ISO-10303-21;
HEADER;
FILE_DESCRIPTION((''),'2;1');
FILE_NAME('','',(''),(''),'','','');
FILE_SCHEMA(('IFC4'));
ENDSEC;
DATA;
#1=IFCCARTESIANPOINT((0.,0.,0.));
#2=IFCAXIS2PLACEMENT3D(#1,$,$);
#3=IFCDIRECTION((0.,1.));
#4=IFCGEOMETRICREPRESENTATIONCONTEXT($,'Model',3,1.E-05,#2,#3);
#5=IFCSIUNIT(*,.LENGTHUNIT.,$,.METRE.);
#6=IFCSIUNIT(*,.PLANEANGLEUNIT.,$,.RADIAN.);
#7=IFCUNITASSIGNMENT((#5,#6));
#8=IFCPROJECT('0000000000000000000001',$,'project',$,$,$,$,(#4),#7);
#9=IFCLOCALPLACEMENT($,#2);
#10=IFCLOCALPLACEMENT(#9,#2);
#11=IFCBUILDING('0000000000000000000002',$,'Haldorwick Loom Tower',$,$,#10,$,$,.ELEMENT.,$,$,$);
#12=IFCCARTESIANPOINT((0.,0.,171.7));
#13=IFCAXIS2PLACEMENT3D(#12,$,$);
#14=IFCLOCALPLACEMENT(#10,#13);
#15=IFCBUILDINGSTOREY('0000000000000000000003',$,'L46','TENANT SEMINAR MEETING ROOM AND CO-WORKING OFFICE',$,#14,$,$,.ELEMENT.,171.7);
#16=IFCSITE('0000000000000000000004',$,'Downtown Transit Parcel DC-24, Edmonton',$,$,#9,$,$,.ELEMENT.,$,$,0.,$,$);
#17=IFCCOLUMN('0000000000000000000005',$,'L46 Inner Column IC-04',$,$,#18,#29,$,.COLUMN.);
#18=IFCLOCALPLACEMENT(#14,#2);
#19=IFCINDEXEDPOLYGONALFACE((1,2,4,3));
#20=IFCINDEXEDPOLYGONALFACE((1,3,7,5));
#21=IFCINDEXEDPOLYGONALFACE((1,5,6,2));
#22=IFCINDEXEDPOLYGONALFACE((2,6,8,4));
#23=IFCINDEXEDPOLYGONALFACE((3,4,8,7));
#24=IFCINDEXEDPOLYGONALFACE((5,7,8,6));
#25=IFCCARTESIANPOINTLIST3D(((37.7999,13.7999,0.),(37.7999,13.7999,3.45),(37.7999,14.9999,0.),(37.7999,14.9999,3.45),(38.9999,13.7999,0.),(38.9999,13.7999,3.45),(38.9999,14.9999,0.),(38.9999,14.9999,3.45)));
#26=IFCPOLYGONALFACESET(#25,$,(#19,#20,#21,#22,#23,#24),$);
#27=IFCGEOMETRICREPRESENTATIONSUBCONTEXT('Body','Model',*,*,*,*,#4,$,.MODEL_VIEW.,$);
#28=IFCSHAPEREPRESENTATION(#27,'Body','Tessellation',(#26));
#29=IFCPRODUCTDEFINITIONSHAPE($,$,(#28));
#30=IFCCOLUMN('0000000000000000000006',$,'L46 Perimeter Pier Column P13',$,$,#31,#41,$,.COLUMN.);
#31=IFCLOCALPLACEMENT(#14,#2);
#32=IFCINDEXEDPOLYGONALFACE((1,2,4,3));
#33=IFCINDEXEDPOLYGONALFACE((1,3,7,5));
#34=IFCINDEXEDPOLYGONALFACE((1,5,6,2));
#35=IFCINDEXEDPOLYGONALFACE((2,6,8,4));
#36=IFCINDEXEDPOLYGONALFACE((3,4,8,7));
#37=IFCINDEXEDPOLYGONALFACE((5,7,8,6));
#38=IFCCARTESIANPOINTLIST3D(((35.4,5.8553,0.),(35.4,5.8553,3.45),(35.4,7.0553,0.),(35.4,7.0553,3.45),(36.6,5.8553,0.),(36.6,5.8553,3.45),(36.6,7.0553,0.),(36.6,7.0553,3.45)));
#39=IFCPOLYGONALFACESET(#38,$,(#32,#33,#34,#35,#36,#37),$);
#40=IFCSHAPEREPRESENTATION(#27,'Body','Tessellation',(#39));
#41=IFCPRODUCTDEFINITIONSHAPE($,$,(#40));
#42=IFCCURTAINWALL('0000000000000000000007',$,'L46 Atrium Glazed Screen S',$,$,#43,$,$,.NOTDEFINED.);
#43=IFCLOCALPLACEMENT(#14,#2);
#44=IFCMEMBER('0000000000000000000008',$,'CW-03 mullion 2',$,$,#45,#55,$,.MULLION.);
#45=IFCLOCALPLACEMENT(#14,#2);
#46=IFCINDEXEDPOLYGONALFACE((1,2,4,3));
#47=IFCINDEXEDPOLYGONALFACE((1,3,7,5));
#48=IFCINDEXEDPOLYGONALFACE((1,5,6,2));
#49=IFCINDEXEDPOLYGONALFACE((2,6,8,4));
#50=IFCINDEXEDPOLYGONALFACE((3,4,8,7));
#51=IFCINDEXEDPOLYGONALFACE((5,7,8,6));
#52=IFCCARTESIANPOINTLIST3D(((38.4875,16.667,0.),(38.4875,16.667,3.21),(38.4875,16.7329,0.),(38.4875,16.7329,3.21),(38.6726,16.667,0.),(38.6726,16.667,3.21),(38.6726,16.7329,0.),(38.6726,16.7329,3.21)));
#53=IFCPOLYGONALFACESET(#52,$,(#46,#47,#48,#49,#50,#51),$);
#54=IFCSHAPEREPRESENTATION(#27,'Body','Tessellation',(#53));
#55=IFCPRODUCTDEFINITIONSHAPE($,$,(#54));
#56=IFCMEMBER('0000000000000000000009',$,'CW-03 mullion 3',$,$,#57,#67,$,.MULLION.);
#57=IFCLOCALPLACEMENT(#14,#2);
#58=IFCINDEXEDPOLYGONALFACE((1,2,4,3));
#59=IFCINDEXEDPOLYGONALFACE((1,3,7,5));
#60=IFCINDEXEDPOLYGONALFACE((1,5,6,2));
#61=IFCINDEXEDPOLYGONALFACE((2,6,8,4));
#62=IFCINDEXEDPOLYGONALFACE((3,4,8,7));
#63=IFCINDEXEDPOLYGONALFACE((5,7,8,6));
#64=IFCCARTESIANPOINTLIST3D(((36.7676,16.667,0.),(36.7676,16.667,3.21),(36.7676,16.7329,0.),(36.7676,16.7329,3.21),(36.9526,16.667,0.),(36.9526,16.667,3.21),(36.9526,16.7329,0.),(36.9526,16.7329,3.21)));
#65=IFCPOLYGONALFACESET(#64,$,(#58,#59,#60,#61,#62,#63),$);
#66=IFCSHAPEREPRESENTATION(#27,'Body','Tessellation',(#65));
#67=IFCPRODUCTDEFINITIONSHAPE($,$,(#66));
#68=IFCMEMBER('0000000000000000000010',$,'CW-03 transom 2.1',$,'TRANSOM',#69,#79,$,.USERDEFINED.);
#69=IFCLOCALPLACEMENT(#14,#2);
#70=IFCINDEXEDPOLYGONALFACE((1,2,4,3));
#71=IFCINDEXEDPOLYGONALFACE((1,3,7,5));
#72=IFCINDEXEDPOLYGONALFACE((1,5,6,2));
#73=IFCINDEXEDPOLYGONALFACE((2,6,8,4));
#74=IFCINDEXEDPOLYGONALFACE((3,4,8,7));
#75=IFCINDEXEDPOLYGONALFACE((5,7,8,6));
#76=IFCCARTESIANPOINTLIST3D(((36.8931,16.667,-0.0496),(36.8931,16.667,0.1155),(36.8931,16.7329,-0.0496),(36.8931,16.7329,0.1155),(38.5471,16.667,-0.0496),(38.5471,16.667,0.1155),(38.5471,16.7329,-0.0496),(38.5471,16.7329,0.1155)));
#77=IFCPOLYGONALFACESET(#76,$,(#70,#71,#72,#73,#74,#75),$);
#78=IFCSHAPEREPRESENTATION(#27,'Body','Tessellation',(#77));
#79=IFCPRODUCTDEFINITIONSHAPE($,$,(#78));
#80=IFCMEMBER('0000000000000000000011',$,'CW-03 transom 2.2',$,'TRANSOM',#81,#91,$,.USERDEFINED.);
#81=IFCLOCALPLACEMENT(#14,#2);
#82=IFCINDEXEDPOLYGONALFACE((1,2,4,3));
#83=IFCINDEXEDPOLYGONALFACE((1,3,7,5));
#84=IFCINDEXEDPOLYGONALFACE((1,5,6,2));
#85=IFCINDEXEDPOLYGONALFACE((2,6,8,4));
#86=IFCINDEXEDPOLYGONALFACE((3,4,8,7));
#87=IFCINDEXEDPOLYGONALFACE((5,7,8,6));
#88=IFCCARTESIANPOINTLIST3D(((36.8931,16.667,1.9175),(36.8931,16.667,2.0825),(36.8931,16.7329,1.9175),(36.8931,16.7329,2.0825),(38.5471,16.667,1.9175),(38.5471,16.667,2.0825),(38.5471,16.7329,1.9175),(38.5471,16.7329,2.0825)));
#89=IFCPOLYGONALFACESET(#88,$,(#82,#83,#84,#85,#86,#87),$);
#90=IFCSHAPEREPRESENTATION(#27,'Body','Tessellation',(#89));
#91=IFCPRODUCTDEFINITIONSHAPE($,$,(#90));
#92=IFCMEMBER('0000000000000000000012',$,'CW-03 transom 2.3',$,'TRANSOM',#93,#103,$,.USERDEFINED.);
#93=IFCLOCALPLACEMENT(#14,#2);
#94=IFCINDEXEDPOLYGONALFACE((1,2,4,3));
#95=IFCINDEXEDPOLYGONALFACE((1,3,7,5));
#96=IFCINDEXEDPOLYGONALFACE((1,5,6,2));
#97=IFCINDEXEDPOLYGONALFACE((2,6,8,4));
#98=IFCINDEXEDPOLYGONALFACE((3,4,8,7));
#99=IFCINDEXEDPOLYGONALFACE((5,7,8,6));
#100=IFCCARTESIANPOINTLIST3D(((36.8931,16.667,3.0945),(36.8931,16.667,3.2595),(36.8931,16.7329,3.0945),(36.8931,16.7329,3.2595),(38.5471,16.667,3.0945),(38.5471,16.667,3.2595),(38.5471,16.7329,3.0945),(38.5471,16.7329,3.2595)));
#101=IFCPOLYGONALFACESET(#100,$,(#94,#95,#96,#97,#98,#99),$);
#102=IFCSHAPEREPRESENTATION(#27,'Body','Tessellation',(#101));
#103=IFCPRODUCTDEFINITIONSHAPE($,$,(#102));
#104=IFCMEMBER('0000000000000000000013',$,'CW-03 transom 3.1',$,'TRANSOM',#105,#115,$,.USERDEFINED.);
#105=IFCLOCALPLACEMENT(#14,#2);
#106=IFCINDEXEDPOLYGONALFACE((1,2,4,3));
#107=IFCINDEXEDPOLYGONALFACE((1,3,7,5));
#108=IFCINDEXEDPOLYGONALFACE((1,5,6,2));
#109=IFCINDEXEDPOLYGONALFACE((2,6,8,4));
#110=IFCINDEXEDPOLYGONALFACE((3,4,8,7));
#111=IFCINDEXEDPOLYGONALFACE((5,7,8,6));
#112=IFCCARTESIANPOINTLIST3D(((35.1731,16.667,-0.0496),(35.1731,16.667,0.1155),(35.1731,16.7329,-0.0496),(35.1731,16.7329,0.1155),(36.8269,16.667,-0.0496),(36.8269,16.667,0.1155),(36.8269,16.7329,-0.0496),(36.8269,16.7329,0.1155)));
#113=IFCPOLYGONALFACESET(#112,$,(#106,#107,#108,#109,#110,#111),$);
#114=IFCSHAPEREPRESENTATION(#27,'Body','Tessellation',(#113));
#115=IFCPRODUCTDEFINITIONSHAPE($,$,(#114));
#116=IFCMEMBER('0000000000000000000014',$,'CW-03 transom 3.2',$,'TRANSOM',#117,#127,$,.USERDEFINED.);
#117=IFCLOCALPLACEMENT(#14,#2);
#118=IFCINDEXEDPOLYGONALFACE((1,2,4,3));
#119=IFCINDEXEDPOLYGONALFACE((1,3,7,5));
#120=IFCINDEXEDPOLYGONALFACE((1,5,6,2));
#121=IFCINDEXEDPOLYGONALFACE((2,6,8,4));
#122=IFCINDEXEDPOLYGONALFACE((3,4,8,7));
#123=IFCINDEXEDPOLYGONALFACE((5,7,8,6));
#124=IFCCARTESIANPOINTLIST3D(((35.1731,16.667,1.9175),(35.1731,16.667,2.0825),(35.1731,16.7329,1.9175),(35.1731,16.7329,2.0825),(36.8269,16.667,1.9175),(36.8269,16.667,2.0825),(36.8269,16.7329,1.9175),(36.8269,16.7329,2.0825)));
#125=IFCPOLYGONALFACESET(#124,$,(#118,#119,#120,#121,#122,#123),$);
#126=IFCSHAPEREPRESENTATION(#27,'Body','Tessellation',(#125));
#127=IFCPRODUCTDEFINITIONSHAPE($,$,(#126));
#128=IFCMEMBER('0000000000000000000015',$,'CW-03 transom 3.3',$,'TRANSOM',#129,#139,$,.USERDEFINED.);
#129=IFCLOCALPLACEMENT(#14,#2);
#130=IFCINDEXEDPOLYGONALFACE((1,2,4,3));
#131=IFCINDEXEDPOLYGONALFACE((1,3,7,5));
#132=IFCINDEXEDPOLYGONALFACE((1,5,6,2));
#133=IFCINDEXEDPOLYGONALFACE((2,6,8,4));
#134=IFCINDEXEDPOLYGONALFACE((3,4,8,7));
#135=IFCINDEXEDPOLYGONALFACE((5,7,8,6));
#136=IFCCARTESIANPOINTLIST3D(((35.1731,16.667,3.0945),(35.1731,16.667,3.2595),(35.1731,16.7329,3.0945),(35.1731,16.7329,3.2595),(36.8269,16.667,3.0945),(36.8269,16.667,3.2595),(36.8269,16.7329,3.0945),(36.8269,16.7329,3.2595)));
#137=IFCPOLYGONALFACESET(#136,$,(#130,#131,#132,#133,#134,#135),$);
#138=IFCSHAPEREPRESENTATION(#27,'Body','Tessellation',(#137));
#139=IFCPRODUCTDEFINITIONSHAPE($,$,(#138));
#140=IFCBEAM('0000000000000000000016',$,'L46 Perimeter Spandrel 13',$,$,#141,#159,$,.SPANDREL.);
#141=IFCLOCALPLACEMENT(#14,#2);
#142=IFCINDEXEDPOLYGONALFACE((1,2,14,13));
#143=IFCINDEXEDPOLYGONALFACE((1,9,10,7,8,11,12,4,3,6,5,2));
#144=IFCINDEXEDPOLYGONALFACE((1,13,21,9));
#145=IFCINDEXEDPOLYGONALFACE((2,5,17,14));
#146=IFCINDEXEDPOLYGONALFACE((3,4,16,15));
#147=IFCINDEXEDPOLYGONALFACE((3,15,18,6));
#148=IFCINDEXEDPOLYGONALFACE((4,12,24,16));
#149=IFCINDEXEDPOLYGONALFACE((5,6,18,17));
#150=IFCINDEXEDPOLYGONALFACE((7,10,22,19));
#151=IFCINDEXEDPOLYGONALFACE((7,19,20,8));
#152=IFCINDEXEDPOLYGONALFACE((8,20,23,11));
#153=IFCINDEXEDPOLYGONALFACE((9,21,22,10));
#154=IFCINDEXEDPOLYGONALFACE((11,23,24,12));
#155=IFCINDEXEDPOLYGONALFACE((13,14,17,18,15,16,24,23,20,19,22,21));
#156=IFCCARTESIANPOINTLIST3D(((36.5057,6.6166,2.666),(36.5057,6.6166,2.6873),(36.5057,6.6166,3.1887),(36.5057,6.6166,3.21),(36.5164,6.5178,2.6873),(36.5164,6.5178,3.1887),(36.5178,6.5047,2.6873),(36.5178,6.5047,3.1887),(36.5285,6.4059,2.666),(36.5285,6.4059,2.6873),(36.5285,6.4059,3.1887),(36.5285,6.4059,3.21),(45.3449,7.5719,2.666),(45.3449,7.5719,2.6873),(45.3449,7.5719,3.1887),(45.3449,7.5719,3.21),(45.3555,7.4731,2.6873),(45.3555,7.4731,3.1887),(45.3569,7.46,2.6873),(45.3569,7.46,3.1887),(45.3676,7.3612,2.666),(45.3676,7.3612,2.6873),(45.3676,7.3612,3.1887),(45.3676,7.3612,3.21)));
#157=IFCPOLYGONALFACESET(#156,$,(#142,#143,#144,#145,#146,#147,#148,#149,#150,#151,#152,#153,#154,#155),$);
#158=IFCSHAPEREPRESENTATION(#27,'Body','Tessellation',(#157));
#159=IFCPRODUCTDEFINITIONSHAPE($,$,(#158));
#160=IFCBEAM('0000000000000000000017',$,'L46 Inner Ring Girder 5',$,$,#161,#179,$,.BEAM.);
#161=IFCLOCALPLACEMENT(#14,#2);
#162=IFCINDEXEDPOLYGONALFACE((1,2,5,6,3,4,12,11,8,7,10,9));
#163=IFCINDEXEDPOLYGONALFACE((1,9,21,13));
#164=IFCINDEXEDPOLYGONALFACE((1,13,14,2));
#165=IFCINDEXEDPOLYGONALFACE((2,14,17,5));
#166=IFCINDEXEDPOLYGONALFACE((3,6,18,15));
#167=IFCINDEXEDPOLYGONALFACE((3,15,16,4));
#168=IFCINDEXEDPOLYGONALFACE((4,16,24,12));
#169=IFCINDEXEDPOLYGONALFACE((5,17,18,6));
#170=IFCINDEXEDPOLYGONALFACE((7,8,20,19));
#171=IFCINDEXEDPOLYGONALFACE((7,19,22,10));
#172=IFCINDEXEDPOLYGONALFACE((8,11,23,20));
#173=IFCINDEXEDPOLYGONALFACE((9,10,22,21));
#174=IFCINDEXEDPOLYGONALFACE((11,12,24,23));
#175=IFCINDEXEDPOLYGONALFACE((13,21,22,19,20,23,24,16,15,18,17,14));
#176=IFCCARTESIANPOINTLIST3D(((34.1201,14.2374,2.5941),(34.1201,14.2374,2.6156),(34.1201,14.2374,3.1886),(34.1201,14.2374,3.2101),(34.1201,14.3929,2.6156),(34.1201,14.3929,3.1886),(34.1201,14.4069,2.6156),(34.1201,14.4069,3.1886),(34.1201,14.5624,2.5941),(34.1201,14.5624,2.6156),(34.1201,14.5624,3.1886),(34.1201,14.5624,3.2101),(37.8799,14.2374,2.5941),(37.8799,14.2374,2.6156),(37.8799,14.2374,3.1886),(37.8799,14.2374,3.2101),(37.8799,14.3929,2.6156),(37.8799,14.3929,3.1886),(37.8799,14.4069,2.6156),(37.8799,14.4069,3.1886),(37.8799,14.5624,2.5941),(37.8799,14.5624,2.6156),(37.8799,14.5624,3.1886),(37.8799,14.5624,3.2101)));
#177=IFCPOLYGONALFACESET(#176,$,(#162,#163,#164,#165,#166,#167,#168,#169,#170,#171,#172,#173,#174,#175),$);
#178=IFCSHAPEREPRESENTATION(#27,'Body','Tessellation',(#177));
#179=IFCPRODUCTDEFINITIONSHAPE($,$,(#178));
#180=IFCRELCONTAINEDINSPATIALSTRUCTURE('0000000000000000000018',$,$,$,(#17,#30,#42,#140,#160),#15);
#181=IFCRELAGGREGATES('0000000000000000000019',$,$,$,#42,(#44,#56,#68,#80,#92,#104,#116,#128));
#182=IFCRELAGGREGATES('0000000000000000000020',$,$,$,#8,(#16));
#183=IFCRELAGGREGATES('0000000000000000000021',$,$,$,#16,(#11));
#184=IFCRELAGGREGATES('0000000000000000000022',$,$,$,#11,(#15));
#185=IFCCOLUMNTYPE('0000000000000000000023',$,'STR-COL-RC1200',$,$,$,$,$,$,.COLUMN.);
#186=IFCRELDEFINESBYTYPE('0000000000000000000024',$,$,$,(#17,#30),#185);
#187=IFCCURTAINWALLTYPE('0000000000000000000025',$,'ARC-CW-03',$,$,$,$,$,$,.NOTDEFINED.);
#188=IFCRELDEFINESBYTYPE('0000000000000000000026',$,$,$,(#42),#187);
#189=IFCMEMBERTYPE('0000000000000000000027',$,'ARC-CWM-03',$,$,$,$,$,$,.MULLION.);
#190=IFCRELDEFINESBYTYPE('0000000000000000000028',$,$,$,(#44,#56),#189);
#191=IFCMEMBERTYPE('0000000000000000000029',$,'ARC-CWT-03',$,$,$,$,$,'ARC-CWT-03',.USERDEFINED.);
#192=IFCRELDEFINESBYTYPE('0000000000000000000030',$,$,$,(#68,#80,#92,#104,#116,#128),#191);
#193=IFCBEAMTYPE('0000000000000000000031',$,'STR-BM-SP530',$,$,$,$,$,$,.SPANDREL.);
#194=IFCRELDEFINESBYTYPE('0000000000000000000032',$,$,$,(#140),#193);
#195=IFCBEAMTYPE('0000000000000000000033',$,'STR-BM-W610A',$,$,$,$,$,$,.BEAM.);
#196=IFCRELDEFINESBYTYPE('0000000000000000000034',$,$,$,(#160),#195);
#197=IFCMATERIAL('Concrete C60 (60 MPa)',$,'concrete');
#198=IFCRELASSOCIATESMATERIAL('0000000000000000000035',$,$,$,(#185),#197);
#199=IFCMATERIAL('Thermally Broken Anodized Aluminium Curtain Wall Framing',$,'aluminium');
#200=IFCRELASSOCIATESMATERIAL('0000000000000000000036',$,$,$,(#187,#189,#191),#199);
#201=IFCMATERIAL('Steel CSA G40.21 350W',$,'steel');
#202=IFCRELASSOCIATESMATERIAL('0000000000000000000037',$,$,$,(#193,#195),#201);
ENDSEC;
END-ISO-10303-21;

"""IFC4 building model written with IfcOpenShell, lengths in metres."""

from ifc_helpers import new_model, si_unit, direction, frame, origin, origin_2d, place, context, subcontext, project, spatial, rectangle, i_section, extrude, material, material_profile, profile_set, type_object, element, aggregate, save


model = new_model("IFC4")

# Units and contexts
model_context = context("Model", 3, precision=1e-05, world=origin(), true_north=direction((0.0, 1.0)))
body_context = subcontext(model_context, "Body", "Model", "MODEL_VIEW")
ifc_project = project(units=[si_unit("LENGTHUNIT", "METRE"), si_unit("PLANEANGLEUNIT", "RADIAN")], contexts=[model_context])

# Site, building, storey
site_placement = place(None, origin())
site = spatial("IfcSite", under=ifc_project, at=site_placement, Name="Downtown Transit Parcel DC-24, Edmonton", CompositionType="ELEMENT", RefElevation=0.0)
building_placement = place(site_placement, origin())
building = spatial("IfcBuilding", under=site, at=building_placement, Name="Haldorwick Loom Tower", CompositionType="ELEMENT")
storey_placement = place(building_placement, frame((0.0, 0.0, 171.7)))
storey = spatial("IfcBuildingStorey", under=building, at=storey_placement, Name="L46", Description="TENANT SEMINAR MEETING ROOM AND CO-WORKING OFFICE", CompositionType="ELEMENT", Elevation=171.7)

# Columns
ifc_material_1 = material(Name="Concrete C60 (60 MPa)", Category="concrete")
ifc_material_profile_1 = material_profile(ifc_material_1, rectangle(XDim=1.2, YDim=1.2, at=origin_2d()), Name="RC1200X1200", Category="concrete")
ifc_profile_set_1 = profile_set([ifc_material_profile_1], Name="Concrete C60 (60 MPa)")
column_type = type_object("IfcColumnType", Name="STR-COL-RC1200", PredefinedType="COLUMN", material=ifc_profile_set_1)
for number, where, z_axis, x_axis, name in (
    (1, (38.3999, 14.3999, 0.0), (0.0, 0.0, 1.0), (1.0, 0.0, 0.0), "L46 Inner Column IC-04"),
    (2, (36.0, 6.4553, 0.0), (0.0, 0.0, 1.0), (0.0, -1.0, 0.0), "L46 Perimeter Pier Column P13"),
):
    element("IfcColumn", number, at=place(storey_placement, frame(where, z_axis=z_axis, x_axis=x_axis)), inside=storey, type_object=column_type, Name=name, PredefinedType="COLUMN", context=body_context, shape_type="SweptSolid", body=[
        extrude(rectangle(XDim=1.2, YDim=1.2, at=origin_2d()), origin(), (0.0, 0.0, 1.0), 3.45),
    ])

# Curtain wall, members
ifc_material_2 = material(Name="Thermally Broken Anodized Aluminium Curtain Wall Framing", Category="aluminium")
curtain_wall_type = type_object("IfcCurtainWallType", Name="ARC-CW-03", PredefinedType="NOTDEFINED", material=ifc_material_2)
curtain_wall_placement = place(storey_placement, origin())
curtain_wall = element("IfcCurtainWall", 3, at=curtain_wall_placement, inside=storey, type_object=curtain_wall_type, Name="L46 Atrium Glazed Screen S", PredefinedType="NOTDEFINED")
ifc_material_profile_2 = material_profile(ifc_material_2, rectangle(XDim=0.0659, YDim=0.1851, at=origin_2d()), Name="ALU_MUL_66X185", Category="aluminium")
ifc_profile_set_2 = profile_set([ifc_material_profile_2], Name="Thermally Broken Anodized Aluminium Curtain Wall Framing")
member_type_1 = type_object("IfcMemberType", Name="ARC-CWM-03", PredefinedType="MULLION", material=ifc_profile_set_2)
member_1_placement = place(storey_placement, frame((38.5801, 16.7, 0.0), z_axis=(0.0, 0.0, 1.0), x_axis=(0.0, -1.0, 0.0)))
member_1 = element("IfcMember", 4, at=member_1_placement, type_object=member_type_1, Name="CW-03 mullion 2", PredefinedType="MULLION", context=body_context, shape_type="SweptSolid", body=[
    extrude(rectangle(XDim=0.0659, YDim=0.1851, at=origin_2d()), origin(), (0.0, 0.0, 1.0), 3.21),
])
member_2_placement = place(storey_placement, frame((36.8601, 16.7, 0.0), z_axis=(0.0, 0.0, 1.0), x_axis=(0.0, -1.0, 0.0)))
member_2 = element("IfcMember", 5, at=member_2_placement, type_object=member_type_1, Name="CW-03 mullion 3", PredefinedType="MULLION", context=body_context, shape_type="SweptSolid", body=[
    extrude(rectangle(XDim=0.0659, YDim=0.1851, at=origin_2d()), origin(), (0.0, 0.0, 1.0), 3.21),
])
ifc_material_profile_3 = material_profile(ifc_material_2, rectangle(XDim=0.0659, YDim=0.165, at=origin_2d()), Name="ALU_TRN_66X165", Category="aluminium")
ifc_profile_set_3 = profile_set([ifc_material_profile_3], Name="Thermally Broken Anodized Aluminium Curtain Wall Framing")
member_type_2 = type_object("IfcMemberType", Name="ARC-CWT-03", ElementType="ARC-CWT-03", PredefinedType="USERDEFINED", material=ifc_profile_set_3)
member_3_placement = place(storey_placement, frame((38.5471, 16.7, 0.033), z_axis=(-1.0, 0.0, 0.0), x_axis=(0.0, -1.0, 0.0)))
member_3 = element("IfcMember", 6, at=member_3_placement, type_object=member_type_2, Name="CW-03 transom 2.1", ObjectType="TRANSOM", PredefinedType="USERDEFINED", context=body_context, shape_type="SweptSolid", body=[
    extrude(rectangle(XDim=0.0659, YDim=0.165, at=origin_2d()), origin(), (0.0, 0.0, 1.0), 1.6541),
])
member_4_placement = place(storey_placement, frame((38.5471, 16.7, 2.0), z_axis=(-1.0, 0.0, 0.0), x_axis=(0.0, -1.0, 0.0)))
member_4 = element("IfcMember", 7, at=member_4_placement, type_object=member_type_2, Name="CW-03 transom 2.2", ObjectType="TRANSOM", PredefinedType="USERDEFINED", context=body_context, shape_type="SweptSolid", body=[
    extrude(rectangle(XDim=0.0659, YDim=0.165, at=origin_2d()), origin(), (0.0, 0.0, 1.0), 1.6541),
])
member_5_placement = place(storey_placement, frame((38.5471, 16.7, 3.177), z_axis=(-1.0, 0.0, 0.0), x_axis=(0.0, -1.0, 0.0)))
member_5 = element("IfcMember", 8, at=member_5_placement, type_object=member_type_2, Name="CW-03 transom 2.3", ObjectType="TRANSOM", PredefinedType="USERDEFINED", context=body_context, shape_type="SweptSolid", body=[
    extrude(rectangle(XDim=0.0659, YDim=0.165, at=origin_2d()), origin(), (0.0, 0.0, 1.0), 1.6541),
])
member_6_placement = place(storey_placement, frame((36.8269, 16.7, 0.033), z_axis=(-1.0, 0.0, 0.0), x_axis=(0.0, -1.0, 0.0)))
member_6 = element("IfcMember", 9, at=member_6_placement, type_object=member_type_2, Name="CW-03 transom 3.1", ObjectType="TRANSOM", PredefinedType="USERDEFINED", context=body_context, shape_type="SweptSolid", body=[
    extrude(rectangle(XDim=0.0659, YDim=0.165, at=origin_2d()), origin(), (0.0, 0.0, 1.0), 1.6538),
])
member_7_placement = place(storey_placement, frame((36.8269, 16.7, 2.0), z_axis=(-1.0, 0.0, 0.0), x_axis=(0.0, -1.0, 0.0)))
member_7 = element("IfcMember", 10, at=member_7_placement, type_object=member_type_2, Name="CW-03 transom 3.2", ObjectType="TRANSOM", PredefinedType="USERDEFINED", context=body_context, shape_type="SweptSolid", body=[
    extrude(rectangle(XDim=0.0659, YDim=0.165, at=origin_2d()), origin(), (0.0, 0.0, 1.0), 1.6538),
])
member_8_placement = place(storey_placement, frame((36.8269, 16.7, 3.177), z_axis=(-1.0, 0.0, 0.0), x_axis=(0.0, -1.0, 0.0)))
member_8 = element("IfcMember", 11, at=member_8_placement, type_object=member_type_2, Name="CW-03 transom 3.3", ObjectType="TRANSOM", PredefinedType="USERDEFINED", context=body_context, shape_type="SweptSolid", body=[
    extrude(rectangle(XDim=0.0659, YDim=0.165, at=origin_2d()), origin(), (0.0, 0.0, 1.0), 1.6538),
])

# Beams
ifc_material_3 = material(Name="Steel CSA G40.21 350W", Category="steel")
ifc_material_profile_4 = material_profile(ifc_material_3, i_section(OverallWidth=0.2119, OverallDepth=0.5439, WebThickness=0.0132, FlangeThickness=0.0212, at=origin_2d()), Name="W530X123", Category="steel")
ifc_profile_set_4 = profile_set([ifc_material_profile_4], Name="Steel CSA G40.21 350W")
beam_type_1 = type_object("IfcBeamType", Name="STR-BM-SP530", PredefinedType="SPANDREL", material=ifc_profile_set_4)
beam_1_placement = place(storey_placement, frame((36.5171, 6.5112, 2.938), z_axis=(0.99421, 0.107453, 0.0), x_axis=(-0.107453, 0.99421, 0.0)))
element("IfcBeam", 12, at=beam_1_placement, inside=storey, type_object=beam_type_1, Name="L46 Perimeter Spandrel 13", PredefinedType="SPANDREL", context=body_context, shape_type="SweptSolid", body=[
    extrude(i_section(OverallWidth=0.2119, OverallDepth=0.5439, WebThickness=0.0132, FlangeThickness=0.0212, at=origin_2d()), origin(), (0.0, 0.0, 1.0), 8.8906),
])
ifc_material_profile_5 = material_profile(ifc_material_3, i_section(OverallWidth=0.325, OverallDepth=0.616, WebThickness=0.0139, FlangeThickness=0.0215, at=origin_2d()), Name="W610X174", Category="steel")
ifc_profile_set_5 = profile_set([ifc_material_profile_5], Name="Steel CSA G40.21 350W")
beam_type_2 = type_object("IfcBeamType", Name="STR-BM-W610A", PredefinedType="BEAM", material=ifc_profile_set_5)
beam_2_placement = place(storey_placement, frame((37.8799, 14.3999, 2.9021), z_axis=(-1.0, 0.0, 0.0), x_axis=(0.0, -1.0, 0.0)))
element("IfcBeam", 13, at=beam_2_placement, inside=storey, type_object=beam_type_2, Name="L46 Inner Ring Girder 5", PredefinedType="BEAM", context=body_context, shape_type="SweptSolid", body=[
    extrude(i_section(OverallWidth=0.325, OverallDepth=0.616, WebThickness=0.0139, FlangeThickness=0.0215, at=origin_2d()), origin(), (0.0, 0.0, 1.0), 3.7598),
])

aggregate(curtain_wall, [member_1, member_2, member_3, member_4, member_5, member_6, member_7, member_8])

save(model, "model.ifc")
